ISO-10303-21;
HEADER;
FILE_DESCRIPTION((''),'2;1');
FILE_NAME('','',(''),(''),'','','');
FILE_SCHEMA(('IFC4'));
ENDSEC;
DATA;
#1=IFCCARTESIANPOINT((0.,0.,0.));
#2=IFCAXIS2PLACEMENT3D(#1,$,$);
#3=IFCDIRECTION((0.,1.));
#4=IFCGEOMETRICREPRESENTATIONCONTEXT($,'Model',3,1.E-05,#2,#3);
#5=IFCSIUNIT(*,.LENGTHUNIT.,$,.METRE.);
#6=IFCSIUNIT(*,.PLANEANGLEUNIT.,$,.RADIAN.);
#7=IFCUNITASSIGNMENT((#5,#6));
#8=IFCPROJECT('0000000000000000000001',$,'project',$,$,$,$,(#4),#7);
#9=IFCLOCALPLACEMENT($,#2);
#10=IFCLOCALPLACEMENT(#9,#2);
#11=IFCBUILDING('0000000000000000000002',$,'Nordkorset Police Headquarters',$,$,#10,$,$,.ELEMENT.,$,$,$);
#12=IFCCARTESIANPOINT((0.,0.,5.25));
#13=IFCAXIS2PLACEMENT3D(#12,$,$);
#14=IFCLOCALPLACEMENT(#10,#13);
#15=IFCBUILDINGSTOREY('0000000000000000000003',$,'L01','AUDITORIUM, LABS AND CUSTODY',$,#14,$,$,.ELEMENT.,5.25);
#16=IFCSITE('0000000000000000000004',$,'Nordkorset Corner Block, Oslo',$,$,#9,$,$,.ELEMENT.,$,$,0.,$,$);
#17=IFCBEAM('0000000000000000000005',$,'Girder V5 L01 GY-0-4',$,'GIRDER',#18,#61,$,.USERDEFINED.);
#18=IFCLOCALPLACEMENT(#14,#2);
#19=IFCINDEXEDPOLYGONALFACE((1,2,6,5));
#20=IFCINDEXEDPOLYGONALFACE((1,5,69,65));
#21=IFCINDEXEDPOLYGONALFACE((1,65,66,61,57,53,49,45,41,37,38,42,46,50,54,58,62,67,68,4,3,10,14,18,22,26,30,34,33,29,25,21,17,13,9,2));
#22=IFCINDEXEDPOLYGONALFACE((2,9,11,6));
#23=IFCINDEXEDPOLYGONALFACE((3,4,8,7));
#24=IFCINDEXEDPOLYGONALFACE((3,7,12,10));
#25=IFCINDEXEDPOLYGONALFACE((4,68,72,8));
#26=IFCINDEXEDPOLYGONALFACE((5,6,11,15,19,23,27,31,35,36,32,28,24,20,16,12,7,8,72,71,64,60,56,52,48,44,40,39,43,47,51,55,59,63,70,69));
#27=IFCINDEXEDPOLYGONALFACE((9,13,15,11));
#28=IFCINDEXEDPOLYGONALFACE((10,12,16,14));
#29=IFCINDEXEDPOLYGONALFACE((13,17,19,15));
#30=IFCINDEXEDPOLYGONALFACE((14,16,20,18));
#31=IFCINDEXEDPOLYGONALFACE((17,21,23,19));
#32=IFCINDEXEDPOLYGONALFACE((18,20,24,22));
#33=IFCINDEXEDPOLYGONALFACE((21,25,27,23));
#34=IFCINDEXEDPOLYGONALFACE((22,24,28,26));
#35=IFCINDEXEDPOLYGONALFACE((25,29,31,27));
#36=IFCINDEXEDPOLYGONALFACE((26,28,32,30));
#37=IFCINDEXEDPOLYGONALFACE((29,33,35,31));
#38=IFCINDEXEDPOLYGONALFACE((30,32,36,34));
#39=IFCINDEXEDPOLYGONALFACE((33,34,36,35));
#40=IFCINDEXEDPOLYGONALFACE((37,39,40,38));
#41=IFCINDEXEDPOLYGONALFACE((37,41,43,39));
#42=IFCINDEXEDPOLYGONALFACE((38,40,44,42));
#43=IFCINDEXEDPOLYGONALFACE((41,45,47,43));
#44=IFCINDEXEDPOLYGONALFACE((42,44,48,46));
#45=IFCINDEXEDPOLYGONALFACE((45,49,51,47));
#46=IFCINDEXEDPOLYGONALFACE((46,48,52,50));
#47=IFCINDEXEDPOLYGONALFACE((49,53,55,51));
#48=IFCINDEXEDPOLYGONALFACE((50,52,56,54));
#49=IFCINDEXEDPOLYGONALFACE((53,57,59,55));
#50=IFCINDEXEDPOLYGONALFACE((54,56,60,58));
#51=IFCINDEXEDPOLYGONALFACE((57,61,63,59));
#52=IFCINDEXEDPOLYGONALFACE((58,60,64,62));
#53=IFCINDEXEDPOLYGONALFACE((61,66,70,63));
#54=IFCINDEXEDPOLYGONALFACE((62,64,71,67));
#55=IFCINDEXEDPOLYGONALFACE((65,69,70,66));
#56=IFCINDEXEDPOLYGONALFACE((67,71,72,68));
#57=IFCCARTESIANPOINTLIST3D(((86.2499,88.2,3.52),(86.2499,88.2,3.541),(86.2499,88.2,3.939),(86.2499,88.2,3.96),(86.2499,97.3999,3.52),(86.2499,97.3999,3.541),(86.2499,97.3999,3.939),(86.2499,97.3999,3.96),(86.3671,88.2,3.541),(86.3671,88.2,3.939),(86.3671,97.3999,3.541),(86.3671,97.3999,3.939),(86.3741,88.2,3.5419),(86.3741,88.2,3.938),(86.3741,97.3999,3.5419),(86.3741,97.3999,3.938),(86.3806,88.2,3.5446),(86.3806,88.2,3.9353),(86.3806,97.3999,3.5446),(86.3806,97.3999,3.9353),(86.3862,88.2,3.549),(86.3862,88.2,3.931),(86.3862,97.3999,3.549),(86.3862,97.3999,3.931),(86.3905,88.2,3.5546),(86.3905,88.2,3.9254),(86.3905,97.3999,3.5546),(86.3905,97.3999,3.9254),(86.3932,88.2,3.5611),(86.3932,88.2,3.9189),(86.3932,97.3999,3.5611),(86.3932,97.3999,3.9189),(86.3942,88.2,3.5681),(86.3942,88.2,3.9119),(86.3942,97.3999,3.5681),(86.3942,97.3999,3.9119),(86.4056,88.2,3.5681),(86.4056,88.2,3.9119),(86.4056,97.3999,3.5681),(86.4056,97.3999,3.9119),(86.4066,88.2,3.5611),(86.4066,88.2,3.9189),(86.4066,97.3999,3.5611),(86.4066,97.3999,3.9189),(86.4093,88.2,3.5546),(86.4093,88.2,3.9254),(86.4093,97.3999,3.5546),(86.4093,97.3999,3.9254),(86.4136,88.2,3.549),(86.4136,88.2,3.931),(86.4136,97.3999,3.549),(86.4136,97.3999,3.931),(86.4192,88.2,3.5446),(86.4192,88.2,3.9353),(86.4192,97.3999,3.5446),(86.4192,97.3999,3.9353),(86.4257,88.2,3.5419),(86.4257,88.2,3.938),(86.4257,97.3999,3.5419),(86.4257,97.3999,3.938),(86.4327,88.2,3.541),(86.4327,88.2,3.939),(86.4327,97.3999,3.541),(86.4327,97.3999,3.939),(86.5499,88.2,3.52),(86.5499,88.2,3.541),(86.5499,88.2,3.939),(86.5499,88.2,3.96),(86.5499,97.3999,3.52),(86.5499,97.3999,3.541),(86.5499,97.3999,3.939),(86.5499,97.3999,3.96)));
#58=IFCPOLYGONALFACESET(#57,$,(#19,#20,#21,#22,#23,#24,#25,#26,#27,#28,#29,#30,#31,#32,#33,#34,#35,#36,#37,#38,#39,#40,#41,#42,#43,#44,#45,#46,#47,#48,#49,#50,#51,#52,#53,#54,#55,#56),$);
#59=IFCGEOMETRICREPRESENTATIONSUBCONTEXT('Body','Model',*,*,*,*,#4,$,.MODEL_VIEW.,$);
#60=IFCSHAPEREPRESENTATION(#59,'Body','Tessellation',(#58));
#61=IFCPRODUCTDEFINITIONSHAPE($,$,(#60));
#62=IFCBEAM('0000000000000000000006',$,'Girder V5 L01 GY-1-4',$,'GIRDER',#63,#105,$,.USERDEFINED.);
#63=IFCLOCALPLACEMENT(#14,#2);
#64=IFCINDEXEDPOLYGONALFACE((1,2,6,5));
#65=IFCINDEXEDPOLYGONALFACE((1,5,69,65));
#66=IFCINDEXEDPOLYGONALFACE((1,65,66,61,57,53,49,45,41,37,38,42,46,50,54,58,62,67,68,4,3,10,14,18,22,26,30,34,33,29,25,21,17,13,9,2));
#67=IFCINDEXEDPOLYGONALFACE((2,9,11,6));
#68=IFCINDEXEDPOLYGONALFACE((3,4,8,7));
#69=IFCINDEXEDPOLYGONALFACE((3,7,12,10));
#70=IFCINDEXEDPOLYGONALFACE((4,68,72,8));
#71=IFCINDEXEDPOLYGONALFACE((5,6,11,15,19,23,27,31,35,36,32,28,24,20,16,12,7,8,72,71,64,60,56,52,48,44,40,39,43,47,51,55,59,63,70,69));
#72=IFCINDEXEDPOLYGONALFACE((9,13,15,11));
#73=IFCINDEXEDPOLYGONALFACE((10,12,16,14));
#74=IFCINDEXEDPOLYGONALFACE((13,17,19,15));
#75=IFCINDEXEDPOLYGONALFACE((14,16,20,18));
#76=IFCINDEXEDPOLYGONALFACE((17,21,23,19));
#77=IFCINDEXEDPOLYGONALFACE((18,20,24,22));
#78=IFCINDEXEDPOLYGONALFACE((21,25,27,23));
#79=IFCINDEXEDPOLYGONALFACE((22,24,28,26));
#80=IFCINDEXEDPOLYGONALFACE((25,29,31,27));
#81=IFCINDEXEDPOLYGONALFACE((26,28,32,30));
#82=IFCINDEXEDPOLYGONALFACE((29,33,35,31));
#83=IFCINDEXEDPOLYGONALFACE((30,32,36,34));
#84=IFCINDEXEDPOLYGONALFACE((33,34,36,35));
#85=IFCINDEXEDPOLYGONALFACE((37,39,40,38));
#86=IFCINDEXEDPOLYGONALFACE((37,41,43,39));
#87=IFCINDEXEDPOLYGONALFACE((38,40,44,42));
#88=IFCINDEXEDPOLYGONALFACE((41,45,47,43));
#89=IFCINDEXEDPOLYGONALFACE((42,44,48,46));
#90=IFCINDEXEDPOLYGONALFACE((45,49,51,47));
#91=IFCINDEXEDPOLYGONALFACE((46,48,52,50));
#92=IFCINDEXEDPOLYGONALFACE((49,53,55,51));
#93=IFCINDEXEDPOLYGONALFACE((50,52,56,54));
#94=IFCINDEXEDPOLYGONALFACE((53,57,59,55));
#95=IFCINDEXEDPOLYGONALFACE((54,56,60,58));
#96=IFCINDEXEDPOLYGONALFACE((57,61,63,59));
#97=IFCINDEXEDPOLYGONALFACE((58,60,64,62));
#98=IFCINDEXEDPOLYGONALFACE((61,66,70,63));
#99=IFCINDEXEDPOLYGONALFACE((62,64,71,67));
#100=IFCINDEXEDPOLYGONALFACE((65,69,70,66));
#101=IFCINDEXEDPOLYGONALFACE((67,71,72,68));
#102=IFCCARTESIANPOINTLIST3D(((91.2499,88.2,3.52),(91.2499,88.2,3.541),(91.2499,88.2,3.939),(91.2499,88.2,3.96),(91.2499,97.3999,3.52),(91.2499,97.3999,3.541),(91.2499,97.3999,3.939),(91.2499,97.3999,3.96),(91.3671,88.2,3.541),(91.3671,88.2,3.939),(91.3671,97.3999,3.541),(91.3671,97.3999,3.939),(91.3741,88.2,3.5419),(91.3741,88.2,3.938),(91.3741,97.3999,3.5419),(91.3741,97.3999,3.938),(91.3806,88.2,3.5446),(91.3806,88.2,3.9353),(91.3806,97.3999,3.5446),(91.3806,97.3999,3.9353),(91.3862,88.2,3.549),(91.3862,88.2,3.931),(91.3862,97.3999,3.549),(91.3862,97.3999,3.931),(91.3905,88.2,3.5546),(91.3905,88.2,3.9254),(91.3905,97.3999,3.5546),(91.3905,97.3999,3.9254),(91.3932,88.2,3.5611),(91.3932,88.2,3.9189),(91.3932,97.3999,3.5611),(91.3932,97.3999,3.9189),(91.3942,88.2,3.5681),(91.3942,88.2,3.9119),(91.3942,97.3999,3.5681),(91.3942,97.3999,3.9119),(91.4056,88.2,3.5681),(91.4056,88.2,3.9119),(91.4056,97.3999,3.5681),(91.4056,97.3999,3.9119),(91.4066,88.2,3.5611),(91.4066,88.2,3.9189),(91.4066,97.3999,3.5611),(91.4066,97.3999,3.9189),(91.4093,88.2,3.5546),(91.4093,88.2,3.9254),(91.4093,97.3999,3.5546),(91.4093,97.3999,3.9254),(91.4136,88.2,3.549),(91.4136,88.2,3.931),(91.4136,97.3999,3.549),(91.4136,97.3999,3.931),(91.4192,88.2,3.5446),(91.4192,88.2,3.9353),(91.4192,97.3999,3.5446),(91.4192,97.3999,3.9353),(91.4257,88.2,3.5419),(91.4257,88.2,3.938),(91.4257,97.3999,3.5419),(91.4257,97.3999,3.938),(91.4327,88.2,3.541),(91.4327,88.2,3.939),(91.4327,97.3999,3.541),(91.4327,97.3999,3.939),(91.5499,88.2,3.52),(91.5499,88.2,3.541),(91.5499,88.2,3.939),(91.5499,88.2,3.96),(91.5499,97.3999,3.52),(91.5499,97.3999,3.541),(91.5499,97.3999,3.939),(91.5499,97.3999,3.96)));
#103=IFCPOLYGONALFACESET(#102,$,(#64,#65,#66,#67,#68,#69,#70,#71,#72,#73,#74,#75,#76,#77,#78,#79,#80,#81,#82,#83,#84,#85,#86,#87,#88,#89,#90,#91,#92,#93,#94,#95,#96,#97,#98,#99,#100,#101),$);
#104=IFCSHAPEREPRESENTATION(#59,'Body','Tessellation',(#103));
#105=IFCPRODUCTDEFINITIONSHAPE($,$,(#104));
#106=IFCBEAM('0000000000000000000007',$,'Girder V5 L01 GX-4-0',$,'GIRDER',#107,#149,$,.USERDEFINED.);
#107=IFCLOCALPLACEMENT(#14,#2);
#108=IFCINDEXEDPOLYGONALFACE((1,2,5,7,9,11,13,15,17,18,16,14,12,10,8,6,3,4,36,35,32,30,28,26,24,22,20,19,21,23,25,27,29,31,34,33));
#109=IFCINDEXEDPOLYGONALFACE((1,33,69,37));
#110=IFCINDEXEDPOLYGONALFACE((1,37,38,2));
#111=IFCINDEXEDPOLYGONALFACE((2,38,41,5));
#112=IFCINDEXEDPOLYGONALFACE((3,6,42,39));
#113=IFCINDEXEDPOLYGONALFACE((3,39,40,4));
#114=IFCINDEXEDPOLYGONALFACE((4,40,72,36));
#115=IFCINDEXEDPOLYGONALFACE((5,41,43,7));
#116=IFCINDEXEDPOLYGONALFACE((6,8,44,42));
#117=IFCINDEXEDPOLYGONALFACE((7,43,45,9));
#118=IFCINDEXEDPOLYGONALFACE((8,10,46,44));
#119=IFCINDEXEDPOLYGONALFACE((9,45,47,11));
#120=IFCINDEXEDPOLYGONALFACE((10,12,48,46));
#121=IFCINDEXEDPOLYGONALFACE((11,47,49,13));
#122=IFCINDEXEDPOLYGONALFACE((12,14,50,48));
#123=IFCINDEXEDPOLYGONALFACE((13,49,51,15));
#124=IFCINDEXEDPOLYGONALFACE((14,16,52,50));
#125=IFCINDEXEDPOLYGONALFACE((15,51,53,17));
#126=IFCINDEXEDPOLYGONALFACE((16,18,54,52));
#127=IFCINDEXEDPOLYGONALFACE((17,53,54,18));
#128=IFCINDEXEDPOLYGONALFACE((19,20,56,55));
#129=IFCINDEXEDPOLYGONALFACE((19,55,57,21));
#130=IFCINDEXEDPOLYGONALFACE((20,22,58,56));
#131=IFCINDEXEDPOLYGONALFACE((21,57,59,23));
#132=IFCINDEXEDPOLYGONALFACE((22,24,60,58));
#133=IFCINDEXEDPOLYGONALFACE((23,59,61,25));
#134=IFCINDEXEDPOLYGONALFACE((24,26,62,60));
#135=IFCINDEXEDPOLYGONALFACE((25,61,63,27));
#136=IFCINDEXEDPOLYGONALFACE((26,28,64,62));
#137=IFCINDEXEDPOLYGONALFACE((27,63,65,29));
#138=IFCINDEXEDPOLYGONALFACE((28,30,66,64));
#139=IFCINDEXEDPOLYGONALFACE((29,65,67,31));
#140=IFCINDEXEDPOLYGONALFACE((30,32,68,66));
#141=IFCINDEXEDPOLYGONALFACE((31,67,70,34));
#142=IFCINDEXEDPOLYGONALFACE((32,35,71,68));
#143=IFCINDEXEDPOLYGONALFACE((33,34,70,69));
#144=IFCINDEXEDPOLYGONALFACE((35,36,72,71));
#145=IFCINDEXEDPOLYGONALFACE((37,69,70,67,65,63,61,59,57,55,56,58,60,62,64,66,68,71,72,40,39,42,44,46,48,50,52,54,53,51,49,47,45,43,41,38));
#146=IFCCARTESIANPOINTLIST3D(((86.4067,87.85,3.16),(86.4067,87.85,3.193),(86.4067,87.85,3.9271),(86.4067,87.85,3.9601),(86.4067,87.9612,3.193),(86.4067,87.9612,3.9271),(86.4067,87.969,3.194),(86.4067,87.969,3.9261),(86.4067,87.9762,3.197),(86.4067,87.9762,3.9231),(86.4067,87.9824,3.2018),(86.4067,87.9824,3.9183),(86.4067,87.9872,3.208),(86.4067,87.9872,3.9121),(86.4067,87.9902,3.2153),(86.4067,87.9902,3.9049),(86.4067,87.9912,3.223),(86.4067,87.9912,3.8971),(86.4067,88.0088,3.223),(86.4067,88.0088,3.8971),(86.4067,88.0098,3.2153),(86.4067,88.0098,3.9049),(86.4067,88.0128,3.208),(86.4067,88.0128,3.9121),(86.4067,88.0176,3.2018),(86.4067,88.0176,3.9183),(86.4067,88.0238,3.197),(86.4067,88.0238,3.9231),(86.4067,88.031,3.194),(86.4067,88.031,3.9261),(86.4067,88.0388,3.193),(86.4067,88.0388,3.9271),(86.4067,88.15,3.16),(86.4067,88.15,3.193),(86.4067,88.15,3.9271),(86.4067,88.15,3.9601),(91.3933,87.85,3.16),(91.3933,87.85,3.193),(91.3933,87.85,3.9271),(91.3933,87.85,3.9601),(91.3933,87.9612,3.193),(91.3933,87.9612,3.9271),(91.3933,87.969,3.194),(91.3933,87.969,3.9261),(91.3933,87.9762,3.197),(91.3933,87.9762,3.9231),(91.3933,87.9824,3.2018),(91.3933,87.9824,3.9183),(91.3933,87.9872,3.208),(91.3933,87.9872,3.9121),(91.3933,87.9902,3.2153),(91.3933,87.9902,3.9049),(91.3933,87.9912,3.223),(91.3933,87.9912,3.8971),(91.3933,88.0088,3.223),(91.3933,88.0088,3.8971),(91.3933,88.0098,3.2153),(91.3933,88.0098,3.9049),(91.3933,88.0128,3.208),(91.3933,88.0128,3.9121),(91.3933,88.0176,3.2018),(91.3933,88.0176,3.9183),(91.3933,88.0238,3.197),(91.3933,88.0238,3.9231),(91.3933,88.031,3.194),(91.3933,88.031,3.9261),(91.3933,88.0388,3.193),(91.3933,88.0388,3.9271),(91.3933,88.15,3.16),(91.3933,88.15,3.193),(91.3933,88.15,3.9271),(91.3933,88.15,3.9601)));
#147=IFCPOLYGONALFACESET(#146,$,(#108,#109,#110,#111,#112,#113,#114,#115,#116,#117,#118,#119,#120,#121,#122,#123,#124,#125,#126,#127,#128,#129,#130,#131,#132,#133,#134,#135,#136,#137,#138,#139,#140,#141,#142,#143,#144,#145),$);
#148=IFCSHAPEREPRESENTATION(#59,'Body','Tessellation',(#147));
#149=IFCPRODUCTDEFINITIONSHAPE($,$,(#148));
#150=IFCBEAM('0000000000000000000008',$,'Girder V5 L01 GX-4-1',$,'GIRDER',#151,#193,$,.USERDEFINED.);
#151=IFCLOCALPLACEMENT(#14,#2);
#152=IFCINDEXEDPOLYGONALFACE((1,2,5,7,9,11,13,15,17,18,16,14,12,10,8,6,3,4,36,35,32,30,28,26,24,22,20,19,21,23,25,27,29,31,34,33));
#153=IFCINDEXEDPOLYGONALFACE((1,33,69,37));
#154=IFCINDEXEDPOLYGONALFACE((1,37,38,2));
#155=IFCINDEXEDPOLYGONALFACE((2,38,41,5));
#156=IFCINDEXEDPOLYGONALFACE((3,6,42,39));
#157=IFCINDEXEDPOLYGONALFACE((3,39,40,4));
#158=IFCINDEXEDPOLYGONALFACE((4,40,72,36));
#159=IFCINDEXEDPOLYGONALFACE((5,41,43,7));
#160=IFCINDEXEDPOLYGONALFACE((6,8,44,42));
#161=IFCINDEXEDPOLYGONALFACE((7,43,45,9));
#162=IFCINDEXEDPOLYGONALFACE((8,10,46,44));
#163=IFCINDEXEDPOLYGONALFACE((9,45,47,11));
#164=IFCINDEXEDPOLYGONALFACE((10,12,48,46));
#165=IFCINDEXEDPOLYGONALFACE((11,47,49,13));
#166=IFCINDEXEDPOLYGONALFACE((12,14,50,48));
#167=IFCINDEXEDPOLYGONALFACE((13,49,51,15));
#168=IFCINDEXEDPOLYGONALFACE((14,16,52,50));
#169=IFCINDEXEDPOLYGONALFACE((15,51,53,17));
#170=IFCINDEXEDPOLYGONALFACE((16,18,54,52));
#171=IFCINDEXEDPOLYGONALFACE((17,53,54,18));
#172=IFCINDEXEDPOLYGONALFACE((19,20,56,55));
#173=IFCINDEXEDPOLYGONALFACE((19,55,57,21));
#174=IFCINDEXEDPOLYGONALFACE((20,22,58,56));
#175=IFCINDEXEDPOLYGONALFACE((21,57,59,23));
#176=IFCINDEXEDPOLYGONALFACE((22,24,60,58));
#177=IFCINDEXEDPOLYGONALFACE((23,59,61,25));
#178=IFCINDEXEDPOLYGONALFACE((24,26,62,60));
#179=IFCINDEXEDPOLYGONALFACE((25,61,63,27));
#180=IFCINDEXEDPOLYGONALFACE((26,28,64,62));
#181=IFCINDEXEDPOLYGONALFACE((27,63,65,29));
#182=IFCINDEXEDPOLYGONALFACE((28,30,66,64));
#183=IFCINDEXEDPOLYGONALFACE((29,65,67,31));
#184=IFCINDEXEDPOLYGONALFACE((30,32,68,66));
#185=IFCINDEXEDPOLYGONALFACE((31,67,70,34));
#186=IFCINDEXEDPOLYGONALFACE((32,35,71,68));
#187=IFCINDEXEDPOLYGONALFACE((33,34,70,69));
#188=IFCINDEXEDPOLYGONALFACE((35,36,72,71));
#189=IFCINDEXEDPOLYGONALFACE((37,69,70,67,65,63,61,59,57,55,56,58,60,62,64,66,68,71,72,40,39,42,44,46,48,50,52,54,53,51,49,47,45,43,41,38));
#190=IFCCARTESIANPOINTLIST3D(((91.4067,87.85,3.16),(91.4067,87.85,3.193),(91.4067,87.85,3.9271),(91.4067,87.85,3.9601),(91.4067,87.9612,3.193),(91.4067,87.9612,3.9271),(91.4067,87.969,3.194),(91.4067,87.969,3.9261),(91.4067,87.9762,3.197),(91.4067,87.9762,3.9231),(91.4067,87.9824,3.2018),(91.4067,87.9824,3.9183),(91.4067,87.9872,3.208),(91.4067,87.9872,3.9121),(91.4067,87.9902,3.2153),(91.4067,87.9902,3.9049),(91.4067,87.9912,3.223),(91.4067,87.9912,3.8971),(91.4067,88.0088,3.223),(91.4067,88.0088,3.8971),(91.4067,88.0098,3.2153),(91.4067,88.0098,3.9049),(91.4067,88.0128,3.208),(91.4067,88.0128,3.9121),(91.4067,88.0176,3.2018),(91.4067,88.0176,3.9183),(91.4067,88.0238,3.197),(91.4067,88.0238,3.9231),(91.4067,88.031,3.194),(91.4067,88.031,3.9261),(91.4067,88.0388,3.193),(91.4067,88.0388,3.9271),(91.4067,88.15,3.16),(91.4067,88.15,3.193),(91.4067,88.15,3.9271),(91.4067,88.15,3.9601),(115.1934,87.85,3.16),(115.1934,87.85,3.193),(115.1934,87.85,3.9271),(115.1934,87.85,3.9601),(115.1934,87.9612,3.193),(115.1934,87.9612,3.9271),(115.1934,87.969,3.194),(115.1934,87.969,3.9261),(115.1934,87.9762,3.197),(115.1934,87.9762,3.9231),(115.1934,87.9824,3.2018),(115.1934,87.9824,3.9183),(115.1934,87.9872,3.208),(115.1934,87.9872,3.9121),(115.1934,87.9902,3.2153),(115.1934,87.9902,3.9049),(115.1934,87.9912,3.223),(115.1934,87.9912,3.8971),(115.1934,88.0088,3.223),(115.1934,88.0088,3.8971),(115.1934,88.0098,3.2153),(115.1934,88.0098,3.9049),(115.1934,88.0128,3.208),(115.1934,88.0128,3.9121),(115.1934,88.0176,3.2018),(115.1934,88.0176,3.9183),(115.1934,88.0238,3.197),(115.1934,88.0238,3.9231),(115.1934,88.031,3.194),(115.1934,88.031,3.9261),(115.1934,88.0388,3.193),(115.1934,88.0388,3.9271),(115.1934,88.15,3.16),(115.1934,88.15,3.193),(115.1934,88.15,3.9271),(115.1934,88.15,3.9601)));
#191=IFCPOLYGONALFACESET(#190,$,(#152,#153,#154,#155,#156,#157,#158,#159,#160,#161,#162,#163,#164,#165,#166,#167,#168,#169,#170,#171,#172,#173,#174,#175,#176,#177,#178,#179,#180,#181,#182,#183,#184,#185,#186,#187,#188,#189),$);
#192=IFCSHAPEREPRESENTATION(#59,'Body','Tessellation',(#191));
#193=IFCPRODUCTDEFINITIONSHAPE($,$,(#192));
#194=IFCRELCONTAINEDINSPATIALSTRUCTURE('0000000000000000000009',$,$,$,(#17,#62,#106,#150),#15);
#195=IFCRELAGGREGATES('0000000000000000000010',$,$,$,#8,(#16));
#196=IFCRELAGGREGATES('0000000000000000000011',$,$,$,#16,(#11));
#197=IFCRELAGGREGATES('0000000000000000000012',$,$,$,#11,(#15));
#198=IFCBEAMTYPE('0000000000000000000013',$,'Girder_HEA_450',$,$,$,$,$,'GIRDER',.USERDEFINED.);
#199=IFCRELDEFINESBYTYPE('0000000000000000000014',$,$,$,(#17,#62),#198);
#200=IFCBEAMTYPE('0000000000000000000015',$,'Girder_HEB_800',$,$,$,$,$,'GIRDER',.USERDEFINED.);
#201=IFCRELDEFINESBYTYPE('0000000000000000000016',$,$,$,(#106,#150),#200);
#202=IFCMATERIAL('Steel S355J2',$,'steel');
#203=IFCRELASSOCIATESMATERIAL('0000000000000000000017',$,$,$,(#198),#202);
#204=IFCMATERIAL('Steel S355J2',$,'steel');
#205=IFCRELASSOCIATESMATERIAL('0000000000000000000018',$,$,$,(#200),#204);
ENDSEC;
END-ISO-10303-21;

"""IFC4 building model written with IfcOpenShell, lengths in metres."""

from ifc_helpers import new_model, si_unit, direction, frame, origin, origin_2d, place, context, subcontext, project, spatial, i_section, extrude, material, material_profile, profile_set, type_object, element, save


model = new_model("IFC4")

# Units and contexts
model_context = context("Model", 3, precision=1e-05, world=origin(), true_north=direction((0.0, 1.0)))
body_context = subcontext(model_context, "Body", "Model", "MODEL_VIEW")
ifc_project = project(units=[si_unit("LENGTHUNIT", "METRE"), si_unit("PLANEANGLEUNIT", "RADIAN")], contexts=[model_context])

# Site, building, storey
site_placement = place(None, origin())
site = spatial("IfcSite", under=ifc_project, at=site_placement, Name="Nordkorset Corner Block, Oslo", CompositionType="ELEMENT", RefElevation=0.0)
building_placement = place(site_placement, origin())
building = spatial("IfcBuilding", under=site, at=building_placement, Name="Nordkorset Police Headquarters", CompositionType="ELEMENT")
storey_placement = place(building_placement, frame((0.0, 0.0, 5.25)))
storey = spatial("IfcBuildingStorey", under=building, at=storey_placement, Name="L01", Description="AUDITORIUM, LABS AND CUSTODY", CompositionType="ELEMENT", Elevation=5.25)

# Beams
ifc_material_1 = material(Name="Steel S355J2", Category="steel")
ifc_material_profile_1 = material_profile(ifc_material_1, i_section(OverallWidth=0.3, OverallDepth=0.4399, WebThickness=0.0115, FlangeThickness=0.021, FilletRadius=0.0271, at=origin_2d()), Name="HEA 450")
ifc_profile_set_1 = profile_set([ifc_material_profile_1], Name="Steel S355J2")
beam_type_1 = type_object("IfcBeamType", Name="Girder_HEA_450", ElementType="GIRDER", PredefinedType="USERDEFINED", material=ifc_profile_set_1)
for number, where, z_axis, x_axis, name in (
    (1, (86.3999, 88.2, 3.74), (0.0, 1.0, 0.0), (-1.0, 0.0, 0.0), "Girder V5 L01 GY-0-4"),
    (2, (91.3999, 88.2, 3.74), (0.0, 1.0, 0.0), (-1.0, 0.0, 0.0), "Girder V5 L01 GY-1-4"),
):
    element("IfcBeam", number, at=place(storey_placement, frame(where, z_axis=z_axis, x_axis=x_axis)), inside=storey, type_object=beam_type_1, Name=name, ObjectType="GIRDER", PredefinedType="USERDEFINED", context=body_context, shape_type="SweptSolid", body=[
        extrude(i_section(OverallWidth=0.3, OverallDepth=0.4399, WebThickness=0.0115, FlangeThickness=0.021, FilletRadius=0.0271, at=origin_2d()), origin(), (0.0, 0.0, 1.0), 9.2),
    ])
ifc_material_2 = material(Name="Steel S355J2", Category="steel")
ifc_material_profile_2 = material_profile(ifc_material_2, i_section(OverallWidth=0.3, OverallDepth=0.8, WebThickness=0.0176, FlangeThickness=0.033, FilletRadius=0.03, at=origin_2d()), Name="HEB 800")
ifc_profile_set_2 = profile_set([ifc_material_profile_2], Name="Steel S355J2")
beam_type_2 = type_object("IfcBeamType", Name="Girder_HEB_800", ElementType="GIRDER", PredefinedType="USERDEFINED", material=ifc_profile_set_2)
beam_1_placement = place(storey_placement, frame((86.4067, 88.0, 3.5601), z_axis=(1.0, 0.0, 0.0), x_axis=(0.0, 1.0, 0.0)))
element("IfcBeam", 3, at=beam_1_placement, inside=storey, type_object=beam_type_2, Name="Girder V5 L01 GX-4-0", ObjectType="GIRDER", PredefinedType="USERDEFINED", context=body_context, shape_type="SweptSolid", body=[
    extrude(i_section(OverallWidth=0.3, OverallDepth=0.8, WebThickness=0.0176, FlangeThickness=0.033, FilletRadius=0.03, at=origin_2d()), origin(), (0.0, 0.0, 1.0), 4.9866),
])
beam_2_placement = place(storey_placement, frame((91.4067, 88.0, 3.5601), z_axis=(1.0, 0.0, 0.0), x_axis=(0.0, 1.0, 0.0)))
element("IfcBeam", 4, at=beam_2_placement, inside=storey, type_object=beam_type_2, Name="Girder V5 L01 GX-4-1", ObjectType="GIRDER", PredefinedType="USERDEFINED", context=body_context, shape_type="SweptSolid", body=[
    extrude(i_section(OverallWidth=0.3, OverallDepth=0.8, WebThickness=0.0176, FlangeThickness=0.033, FilletRadius=0.03, at=origin_2d()), origin(), (0.0, 0.0, 1.0), 23.7866),
])

save(model, "model.ifc")
